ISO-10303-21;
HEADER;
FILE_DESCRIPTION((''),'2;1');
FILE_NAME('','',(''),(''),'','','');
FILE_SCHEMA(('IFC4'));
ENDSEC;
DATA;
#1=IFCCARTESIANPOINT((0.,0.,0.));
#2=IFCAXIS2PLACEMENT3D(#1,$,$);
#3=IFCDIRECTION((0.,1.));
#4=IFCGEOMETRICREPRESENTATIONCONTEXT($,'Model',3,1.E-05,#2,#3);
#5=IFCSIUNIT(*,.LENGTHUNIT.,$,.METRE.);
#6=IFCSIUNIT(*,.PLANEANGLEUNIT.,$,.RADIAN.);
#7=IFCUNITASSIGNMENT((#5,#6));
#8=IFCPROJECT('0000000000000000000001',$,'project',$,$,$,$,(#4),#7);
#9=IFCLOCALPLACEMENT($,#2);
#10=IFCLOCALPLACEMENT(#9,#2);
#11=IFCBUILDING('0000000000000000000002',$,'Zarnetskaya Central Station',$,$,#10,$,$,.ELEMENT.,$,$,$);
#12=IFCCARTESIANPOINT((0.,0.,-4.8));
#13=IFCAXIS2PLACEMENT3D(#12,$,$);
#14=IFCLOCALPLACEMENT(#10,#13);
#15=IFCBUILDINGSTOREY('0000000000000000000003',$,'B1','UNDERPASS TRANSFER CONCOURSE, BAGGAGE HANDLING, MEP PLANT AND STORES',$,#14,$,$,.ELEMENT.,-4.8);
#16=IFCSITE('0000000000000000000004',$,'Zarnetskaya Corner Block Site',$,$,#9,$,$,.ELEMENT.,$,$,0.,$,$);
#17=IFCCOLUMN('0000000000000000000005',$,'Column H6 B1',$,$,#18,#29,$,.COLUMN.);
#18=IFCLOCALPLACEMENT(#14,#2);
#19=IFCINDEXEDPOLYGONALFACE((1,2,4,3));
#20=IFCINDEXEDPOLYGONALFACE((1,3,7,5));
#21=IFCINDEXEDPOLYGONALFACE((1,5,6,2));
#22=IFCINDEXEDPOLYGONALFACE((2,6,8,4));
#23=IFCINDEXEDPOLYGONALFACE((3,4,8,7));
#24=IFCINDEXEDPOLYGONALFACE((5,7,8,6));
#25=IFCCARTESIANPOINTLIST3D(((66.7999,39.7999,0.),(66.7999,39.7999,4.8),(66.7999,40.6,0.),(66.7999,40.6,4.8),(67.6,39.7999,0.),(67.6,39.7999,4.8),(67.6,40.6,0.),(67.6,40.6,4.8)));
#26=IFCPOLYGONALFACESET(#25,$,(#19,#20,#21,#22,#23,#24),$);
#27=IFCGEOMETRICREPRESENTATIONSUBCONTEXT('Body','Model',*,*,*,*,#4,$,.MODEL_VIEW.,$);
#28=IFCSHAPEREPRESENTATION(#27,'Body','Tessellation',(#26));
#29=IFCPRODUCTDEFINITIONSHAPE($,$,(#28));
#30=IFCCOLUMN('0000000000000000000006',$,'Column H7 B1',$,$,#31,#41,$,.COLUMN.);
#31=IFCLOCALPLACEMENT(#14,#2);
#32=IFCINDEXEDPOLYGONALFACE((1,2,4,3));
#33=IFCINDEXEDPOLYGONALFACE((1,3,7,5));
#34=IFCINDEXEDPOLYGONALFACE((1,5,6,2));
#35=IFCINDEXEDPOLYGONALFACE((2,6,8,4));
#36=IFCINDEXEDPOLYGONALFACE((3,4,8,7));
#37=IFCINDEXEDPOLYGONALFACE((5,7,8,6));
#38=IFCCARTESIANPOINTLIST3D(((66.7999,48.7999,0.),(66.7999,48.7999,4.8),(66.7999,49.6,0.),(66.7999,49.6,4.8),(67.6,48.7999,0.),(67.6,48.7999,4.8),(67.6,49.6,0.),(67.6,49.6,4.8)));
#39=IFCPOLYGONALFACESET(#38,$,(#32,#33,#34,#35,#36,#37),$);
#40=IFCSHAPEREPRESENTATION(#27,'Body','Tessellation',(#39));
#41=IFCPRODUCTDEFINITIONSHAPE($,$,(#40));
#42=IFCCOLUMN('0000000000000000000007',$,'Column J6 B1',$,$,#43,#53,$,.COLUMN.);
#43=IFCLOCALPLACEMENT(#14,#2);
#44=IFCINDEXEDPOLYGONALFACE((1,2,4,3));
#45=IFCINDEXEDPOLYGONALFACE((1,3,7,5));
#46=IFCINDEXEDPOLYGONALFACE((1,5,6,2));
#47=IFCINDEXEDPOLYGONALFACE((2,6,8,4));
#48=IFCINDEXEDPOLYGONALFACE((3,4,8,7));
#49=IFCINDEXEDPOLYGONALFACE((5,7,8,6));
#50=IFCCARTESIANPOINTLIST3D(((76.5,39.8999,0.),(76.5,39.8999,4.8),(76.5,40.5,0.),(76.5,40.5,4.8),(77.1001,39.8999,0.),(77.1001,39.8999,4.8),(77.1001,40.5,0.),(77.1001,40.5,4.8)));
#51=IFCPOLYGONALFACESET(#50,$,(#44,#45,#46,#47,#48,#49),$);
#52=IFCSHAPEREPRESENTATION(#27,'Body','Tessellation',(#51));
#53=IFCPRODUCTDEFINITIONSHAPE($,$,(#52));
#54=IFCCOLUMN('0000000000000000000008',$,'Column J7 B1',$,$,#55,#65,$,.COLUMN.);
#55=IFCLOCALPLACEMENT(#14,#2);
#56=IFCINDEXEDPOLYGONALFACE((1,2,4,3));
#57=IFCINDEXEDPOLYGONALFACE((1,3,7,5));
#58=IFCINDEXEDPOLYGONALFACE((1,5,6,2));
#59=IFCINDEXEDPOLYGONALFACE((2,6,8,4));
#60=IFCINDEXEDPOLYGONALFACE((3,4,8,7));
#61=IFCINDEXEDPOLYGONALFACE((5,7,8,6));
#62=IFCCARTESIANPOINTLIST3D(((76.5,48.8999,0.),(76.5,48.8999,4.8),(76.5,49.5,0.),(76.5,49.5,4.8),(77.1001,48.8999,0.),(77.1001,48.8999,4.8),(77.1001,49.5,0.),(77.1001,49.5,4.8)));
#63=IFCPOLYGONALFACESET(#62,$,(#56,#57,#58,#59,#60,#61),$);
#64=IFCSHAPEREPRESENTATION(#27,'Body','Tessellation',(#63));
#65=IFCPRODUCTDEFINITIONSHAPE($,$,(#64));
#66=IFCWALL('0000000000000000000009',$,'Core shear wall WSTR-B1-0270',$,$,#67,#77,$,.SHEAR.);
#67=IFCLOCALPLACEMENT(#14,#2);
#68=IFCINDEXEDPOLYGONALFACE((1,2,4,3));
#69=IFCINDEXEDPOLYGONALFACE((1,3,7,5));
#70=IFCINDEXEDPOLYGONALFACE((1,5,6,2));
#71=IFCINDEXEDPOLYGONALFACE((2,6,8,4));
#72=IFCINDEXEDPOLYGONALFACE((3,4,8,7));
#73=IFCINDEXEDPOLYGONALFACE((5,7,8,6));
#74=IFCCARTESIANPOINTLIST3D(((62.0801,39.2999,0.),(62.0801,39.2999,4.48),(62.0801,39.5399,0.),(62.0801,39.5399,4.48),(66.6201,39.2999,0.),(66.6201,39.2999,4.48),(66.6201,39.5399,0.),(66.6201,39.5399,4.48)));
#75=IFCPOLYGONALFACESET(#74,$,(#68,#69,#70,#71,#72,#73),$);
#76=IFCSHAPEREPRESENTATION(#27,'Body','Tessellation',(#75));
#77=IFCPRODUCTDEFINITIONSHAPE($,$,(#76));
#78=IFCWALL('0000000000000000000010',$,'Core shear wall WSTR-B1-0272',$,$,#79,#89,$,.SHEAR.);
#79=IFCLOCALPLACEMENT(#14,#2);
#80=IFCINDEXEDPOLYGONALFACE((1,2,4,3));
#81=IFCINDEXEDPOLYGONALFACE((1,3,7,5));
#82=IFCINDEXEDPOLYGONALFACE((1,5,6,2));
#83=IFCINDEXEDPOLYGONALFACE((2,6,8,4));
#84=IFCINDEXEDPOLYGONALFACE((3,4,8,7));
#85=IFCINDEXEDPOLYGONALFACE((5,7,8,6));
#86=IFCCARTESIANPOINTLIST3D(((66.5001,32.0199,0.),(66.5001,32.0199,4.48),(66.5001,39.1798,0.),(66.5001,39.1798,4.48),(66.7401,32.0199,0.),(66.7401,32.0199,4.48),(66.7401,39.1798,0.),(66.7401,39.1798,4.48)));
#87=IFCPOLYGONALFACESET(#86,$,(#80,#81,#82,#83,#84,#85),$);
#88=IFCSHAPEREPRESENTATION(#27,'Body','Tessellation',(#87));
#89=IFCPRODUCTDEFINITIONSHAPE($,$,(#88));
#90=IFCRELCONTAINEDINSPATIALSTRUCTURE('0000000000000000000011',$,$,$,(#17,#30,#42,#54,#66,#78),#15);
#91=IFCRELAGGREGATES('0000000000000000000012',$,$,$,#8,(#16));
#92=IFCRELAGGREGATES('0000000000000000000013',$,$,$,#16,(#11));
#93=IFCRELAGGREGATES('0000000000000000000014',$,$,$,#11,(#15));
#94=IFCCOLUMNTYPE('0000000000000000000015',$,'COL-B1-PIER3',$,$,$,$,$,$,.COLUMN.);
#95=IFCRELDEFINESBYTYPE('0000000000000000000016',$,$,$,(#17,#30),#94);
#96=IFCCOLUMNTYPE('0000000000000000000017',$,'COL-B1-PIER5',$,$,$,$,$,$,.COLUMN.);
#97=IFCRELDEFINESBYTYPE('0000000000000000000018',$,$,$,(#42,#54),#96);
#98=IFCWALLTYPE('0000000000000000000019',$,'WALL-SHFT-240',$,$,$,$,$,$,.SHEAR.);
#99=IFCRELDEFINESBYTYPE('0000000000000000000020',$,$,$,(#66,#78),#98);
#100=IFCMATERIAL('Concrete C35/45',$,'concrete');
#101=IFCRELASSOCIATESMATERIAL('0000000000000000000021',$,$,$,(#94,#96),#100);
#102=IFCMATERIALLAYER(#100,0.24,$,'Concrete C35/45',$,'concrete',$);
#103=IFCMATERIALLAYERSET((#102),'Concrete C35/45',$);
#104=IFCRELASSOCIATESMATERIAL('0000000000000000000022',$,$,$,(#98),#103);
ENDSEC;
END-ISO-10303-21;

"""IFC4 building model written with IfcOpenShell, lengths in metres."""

from ifc_helpers import new_model, si_unit, direction, frame, frame_2d, origin, origin_2d, place, context, subcontext, project, spatial, rectangle, extrude, material, layer, layer_set, material_profile, profile_set, type_object, element, save


model = new_model("IFC4")

# Units and contexts
model_context = context("Model", 3, precision=1e-05, world=origin(), true_north=direction((0.0, 1.0)))
body_context = subcontext(model_context, "Body", "Model", "MODEL_VIEW")
ifc_project = project(units=[si_unit("LENGTHUNIT", "METRE"), si_unit("PLANEANGLEUNIT", "RADIAN")], contexts=[model_context])

# Site, building, storey
site_placement = place(None, origin())
site = spatial("IfcSite", under=ifc_project, at=site_placement, Name="Zarnetskaya Corner Block Site", CompositionType="ELEMENT", RefElevation=0.0)
building_placement = place(site_placement, origin())
building = spatial("IfcBuilding", under=site, at=building_placement, Name="Zarnetskaya Central Station", CompositionType="ELEMENT")
storey_placement = place(building_placement, frame((0.0, 0.0, -4.8)))
storey = spatial("IfcBuildingStorey", under=building, at=storey_placement, Name="B1", Description="UNDERPASS TRANSFER CONCOURSE, BAGGAGE HANDLING, MEP PLANT AND STORES", CompositionType="ELEMENT", Elevation=-4.8)

# Shared definitions
ifc_material = material(Name="Concrete C35/45", Category="concrete")

# Columns
ifc_material_profile_1 = material_profile(ifc_material, rectangle(XDim=0.8, YDim=0.8, at=origin_2d()), Name="RC 800x800")
ifc_profile_set_1 = profile_set([ifc_material_profile_1], Name="Concrete C35/45")
column_type_1 = type_object("IfcColumnType", Name="COL-B1-PIER3", PredefinedType="COLUMN", material=ifc_profile_set_1)
for number, where, z_axis, x_axis, name in (
    (1, (67.2, 40.2, 0.0), (0.0, 0.0, 1.0), (1.0, 0.0, 0.0), "Column H6 B1"),
    (2, (67.2, 49.2, 0.0), (0.0, 0.0, 1.0), (1.0, 0.0, 0.0), "Column H7 B1"),
):
    element("IfcColumn", number, at=place(storey_placement, frame(where, z_axis=z_axis, x_axis=x_axis)), inside=storey, type_object=column_type_1, Name=name, PredefinedType="COLUMN", context=body_context, shape_type="SweptSolid", body=[
        extrude(rectangle(XDim=0.8, YDim=0.8, at=origin_2d()), origin(), (0.0, 0.0, 1.0), 4.8),
    ])
ifc_material_profile_2 = material_profile(ifc_material, rectangle(XDim=0.6001, YDim=0.6001, at=origin_2d()), Name="RC 600x600")
ifc_profile_set_2 = profile_set([ifc_material_profile_2], Name="Concrete C35/45")
column_type_2 = type_object("IfcColumnType", Name="COL-B1-PIER5", PredefinedType="COLUMN", material=ifc_profile_set_2)
for number, where, z_axis, x_axis, name in (
    (3, (76.8, 40.2, 0.0), (0.0, 0.0, 1.0), (1.0, 0.0, 0.0), "Column J6 B1"),
    (4, (76.8, 49.2, 0.0), (0.0, 0.0, 1.0), (1.0, 0.0, 0.0), "Column J7 B1"),
):
    element("IfcColumn", number, at=place(storey_placement, frame(where, z_axis=z_axis, x_axis=x_axis)), inside=storey, type_object=column_type_2, Name=name, PredefinedType="COLUMN", context=body_context, shape_type="SweptSolid", body=[
        extrude(rectangle(XDim=0.6001, YDim=0.6001, at=origin_2d()), origin(), (0.0, 0.0, 1.0), 4.8),
    ])

# Walls
ifc_layer = layer(ifc_material, 0.24, Name="Concrete C35/45", Category="concrete")
ifc_layer_set = layer_set([ifc_layer], Name="Concrete C35/45")
wall_type = type_object("IfcWallType", Name="WALL-SHFT-240", PredefinedType="SHEAR", material=ifc_layer_set)
wall_1_placement = place(storey_placement, frame((62.0801, 39.4199, 0.0), z_axis=(0.0, 0.0, 1.0), x_axis=(1.0, 0.0, 0.0)))
element("IfcWall", 5, at=wall_1_placement, inside=storey, type_object=wall_type, Name="Core shear wall WSTR-B1-0270", PredefinedType="SHEAR", context=body_context, shape_type="SweptSolid", body=[
    extrude(rectangle(XDim=4.54, YDim=0.24, at=frame_2d((2.27, 0.0))), origin(), (0.0, 0.0, 1.0), 4.48),
])
wall_2_placement = place(storey_placement, frame((66.6201, 39.1799, 0.0), z_axis=(0.0, 0.0, 1.0), x_axis=(0.0, -1.0, 0.0)))
element("IfcWall", 6, at=wall_2_placement, inside=storey, type_object=wall_type, Name="Core shear wall WSTR-B1-0272", PredefinedType="SHEAR", context=body_context, shape_type="SweptSolid", body=[
    extrude(rectangle(XDim=7.1599, YDim=0.24, at=frame_2d((3.5801, 0.0))), origin(), (0.0, 0.0, 1.0), 4.48),
])

save(model, "model.ifc")
